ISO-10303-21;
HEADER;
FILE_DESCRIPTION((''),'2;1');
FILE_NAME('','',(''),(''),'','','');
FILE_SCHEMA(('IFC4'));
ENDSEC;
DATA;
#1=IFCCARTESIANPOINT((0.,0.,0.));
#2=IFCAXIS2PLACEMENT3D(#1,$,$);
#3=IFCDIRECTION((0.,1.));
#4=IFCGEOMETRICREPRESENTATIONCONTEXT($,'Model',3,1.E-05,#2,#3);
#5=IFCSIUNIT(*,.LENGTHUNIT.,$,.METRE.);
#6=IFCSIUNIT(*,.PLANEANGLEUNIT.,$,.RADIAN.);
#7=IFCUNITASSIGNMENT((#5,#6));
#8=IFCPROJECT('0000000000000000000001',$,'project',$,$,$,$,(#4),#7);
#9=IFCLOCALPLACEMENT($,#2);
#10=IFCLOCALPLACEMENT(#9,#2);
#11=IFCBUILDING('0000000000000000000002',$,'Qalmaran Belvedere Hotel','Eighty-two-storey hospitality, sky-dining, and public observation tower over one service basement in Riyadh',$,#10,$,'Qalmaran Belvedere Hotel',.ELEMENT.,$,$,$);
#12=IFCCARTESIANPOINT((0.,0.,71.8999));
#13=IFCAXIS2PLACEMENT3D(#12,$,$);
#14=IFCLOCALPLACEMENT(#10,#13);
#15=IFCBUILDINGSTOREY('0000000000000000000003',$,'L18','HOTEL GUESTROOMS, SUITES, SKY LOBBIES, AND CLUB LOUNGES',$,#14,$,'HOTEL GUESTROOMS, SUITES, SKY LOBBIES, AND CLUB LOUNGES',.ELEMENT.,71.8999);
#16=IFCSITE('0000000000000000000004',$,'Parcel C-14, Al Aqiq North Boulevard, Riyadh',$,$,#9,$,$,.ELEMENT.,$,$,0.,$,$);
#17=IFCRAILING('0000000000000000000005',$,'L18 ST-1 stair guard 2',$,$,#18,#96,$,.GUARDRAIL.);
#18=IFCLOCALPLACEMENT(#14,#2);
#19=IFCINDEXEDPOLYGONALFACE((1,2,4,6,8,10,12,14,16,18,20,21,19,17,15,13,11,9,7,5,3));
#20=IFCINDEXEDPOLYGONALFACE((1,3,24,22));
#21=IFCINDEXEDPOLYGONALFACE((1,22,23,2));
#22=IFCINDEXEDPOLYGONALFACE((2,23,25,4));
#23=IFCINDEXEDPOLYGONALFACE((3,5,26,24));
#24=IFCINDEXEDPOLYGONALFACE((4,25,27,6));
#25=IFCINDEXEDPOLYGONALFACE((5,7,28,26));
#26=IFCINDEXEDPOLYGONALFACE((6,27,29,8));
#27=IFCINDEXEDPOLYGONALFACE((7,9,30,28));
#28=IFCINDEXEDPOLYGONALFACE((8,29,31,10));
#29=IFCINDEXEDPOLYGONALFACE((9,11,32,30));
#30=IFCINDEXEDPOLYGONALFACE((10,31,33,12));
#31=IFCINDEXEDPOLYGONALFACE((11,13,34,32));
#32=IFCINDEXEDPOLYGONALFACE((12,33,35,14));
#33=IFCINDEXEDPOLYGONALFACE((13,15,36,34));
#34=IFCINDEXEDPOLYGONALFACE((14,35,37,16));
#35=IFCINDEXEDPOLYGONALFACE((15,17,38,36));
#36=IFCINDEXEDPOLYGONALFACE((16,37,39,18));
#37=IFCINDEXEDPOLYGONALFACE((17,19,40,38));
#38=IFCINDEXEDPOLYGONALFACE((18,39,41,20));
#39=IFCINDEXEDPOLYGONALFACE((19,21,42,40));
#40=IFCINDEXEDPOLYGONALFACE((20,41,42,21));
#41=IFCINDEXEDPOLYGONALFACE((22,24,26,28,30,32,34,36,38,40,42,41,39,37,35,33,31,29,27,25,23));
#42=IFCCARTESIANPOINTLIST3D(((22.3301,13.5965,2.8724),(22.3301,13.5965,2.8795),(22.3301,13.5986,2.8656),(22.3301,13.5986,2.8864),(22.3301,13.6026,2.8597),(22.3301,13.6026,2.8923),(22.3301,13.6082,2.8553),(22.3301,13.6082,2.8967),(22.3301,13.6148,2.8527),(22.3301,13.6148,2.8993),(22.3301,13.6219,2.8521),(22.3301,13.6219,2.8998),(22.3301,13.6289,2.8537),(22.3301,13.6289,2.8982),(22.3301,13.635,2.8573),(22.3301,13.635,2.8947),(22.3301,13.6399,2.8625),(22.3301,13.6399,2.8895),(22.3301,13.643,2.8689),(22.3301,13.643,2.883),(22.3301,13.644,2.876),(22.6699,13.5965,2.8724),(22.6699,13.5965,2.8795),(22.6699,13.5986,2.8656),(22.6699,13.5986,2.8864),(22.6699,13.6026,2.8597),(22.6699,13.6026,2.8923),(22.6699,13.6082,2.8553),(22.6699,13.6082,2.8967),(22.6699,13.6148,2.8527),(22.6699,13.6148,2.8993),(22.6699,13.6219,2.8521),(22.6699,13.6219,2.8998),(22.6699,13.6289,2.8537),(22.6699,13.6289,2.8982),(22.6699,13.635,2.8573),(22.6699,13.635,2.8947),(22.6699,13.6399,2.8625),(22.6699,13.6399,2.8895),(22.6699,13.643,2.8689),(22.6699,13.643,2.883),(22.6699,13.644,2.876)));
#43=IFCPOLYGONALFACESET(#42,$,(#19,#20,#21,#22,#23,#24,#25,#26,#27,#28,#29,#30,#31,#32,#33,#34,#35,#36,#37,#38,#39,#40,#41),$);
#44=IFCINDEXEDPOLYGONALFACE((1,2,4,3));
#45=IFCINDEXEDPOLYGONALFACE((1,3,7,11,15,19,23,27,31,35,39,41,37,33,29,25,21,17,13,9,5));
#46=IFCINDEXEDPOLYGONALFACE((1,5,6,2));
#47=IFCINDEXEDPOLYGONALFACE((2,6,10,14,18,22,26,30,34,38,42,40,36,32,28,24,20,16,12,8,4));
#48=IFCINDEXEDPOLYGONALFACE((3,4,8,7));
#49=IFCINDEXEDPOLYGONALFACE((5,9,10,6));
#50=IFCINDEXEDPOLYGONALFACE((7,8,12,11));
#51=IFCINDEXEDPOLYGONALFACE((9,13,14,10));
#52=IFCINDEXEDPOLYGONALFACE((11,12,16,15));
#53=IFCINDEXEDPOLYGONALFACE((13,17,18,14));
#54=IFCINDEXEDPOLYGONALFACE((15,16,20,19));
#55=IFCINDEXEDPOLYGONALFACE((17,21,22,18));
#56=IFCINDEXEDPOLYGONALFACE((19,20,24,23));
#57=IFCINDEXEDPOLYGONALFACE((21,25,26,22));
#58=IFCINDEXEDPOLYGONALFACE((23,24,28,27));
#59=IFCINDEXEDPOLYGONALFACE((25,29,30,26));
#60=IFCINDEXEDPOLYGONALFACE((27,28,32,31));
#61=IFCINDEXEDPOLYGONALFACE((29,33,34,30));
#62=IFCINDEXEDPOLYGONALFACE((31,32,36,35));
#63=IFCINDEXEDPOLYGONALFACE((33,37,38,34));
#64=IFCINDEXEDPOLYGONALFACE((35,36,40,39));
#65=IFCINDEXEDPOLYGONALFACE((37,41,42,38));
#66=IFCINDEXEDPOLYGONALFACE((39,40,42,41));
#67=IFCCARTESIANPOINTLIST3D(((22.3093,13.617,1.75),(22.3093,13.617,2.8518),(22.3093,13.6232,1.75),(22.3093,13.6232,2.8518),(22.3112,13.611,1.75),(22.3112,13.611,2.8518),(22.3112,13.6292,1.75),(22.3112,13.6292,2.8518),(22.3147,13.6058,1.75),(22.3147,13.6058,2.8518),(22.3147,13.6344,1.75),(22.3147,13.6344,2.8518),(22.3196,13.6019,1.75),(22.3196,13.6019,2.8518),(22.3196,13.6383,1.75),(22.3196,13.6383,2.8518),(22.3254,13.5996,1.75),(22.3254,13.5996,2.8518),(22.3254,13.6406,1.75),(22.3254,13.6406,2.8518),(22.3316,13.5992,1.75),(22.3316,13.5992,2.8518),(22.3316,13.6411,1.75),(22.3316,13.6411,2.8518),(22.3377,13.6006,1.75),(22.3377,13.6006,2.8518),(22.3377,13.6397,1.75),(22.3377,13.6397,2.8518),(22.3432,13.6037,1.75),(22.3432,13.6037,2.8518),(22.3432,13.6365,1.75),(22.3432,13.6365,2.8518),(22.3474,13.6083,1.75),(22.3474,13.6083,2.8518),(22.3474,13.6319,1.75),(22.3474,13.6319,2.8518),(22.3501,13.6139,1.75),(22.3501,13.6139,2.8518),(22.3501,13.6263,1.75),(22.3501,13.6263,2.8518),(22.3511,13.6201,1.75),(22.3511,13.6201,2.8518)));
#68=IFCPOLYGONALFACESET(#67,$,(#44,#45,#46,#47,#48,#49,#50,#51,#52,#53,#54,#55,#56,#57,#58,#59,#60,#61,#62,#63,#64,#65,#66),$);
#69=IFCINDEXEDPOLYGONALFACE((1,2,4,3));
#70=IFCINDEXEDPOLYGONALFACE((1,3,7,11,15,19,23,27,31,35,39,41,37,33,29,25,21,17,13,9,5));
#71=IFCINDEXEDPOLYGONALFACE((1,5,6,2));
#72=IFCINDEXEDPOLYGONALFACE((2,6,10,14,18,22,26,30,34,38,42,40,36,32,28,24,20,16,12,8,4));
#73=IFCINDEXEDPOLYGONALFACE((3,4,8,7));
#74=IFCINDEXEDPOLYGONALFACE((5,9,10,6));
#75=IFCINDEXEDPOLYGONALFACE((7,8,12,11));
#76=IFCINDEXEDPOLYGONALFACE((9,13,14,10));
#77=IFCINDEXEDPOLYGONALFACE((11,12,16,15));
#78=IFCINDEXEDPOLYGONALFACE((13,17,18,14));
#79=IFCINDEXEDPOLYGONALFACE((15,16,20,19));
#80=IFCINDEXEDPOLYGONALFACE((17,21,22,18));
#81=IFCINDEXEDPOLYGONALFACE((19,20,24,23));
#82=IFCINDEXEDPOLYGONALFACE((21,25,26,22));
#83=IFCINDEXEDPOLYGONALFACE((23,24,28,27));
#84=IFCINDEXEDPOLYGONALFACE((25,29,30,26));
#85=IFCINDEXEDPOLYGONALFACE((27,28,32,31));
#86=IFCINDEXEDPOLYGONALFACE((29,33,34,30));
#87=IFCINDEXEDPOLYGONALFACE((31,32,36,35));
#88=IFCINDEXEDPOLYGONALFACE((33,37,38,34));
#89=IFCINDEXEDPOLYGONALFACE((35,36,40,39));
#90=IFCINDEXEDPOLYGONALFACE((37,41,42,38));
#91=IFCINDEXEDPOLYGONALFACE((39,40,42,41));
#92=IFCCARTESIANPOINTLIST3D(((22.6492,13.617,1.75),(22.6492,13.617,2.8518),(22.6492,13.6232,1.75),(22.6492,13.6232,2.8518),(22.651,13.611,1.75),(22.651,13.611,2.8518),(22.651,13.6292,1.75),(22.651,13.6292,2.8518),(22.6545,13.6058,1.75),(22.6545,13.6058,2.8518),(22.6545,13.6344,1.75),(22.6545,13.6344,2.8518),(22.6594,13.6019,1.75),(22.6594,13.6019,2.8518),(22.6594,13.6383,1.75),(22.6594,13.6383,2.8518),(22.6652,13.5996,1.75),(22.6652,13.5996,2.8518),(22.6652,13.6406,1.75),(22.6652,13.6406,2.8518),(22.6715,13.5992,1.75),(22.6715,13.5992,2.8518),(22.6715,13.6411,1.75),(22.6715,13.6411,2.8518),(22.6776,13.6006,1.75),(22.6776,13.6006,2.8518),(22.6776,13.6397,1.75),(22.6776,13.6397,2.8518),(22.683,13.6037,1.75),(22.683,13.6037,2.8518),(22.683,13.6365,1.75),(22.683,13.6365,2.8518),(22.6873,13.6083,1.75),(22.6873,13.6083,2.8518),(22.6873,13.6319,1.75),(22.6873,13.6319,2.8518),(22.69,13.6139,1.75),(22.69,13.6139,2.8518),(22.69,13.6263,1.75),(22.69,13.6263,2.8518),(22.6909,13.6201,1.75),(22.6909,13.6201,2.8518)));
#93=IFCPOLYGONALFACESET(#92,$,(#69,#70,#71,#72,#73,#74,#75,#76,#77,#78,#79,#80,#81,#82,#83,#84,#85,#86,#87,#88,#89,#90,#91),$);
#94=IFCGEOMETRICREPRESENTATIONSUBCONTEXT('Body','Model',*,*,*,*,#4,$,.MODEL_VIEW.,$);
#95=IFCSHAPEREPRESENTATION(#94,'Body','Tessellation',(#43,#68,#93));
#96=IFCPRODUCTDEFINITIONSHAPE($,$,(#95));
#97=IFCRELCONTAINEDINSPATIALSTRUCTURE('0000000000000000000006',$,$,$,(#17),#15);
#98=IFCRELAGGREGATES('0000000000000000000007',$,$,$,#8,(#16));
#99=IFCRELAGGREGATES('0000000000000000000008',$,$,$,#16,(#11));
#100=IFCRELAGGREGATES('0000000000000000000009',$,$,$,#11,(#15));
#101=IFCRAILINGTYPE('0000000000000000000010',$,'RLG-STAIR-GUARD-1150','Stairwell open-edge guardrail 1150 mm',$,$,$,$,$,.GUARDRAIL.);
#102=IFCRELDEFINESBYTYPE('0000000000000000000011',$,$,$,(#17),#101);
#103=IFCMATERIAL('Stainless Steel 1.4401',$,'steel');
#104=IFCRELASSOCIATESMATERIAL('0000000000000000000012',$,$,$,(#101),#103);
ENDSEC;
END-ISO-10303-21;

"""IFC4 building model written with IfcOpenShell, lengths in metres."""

from ifc_helpers import new_model, si_unit, direction, frame, origin, origin_2d, place, context, subcontext, project, spatial, circle, extrude, material, type_object, element, save


model = new_model("IFC4")

# Units and contexts
model_context = context("Model", 3, precision=1e-05, world=origin(), true_north=direction((0.0, 1.0)))
body_context = subcontext(model_context, "Body", "Model", "MODEL_VIEW")
ifc_project = project(units=[si_unit("LENGTHUNIT", "METRE"), si_unit("PLANEANGLEUNIT", "RADIAN")], contexts=[model_context])

# Site, building, storey
site_placement = place(None, origin())
site = spatial("IfcSite", under=ifc_project, at=site_placement, Name="Parcel C-14, Al Aqiq North Boulevard, Riyadh", CompositionType="ELEMENT", RefElevation=0.0)
building_placement = place(site_placement, origin())
building = spatial("IfcBuilding", under=site, at=building_placement, Name="Qalmaran Belvedere Hotel", Description="Eighty-two-storey hospitality, sky-dining, and public observation tower over one service basement in Riyadh", LongName="Qalmaran Belvedere Hotel", CompositionType="ELEMENT")
storey_placement = place(building_placement, frame((0.0, 0.0, 71.8999)))
storey = spatial("IfcBuildingStorey", under=building, at=storey_placement, Name="L18", Description="HOTEL GUESTROOMS, SUITES, SKY LOBBIES, AND CLUB LOUNGES", LongName="HOTEL GUESTROOMS, SUITES, SKY LOBBIES, AND CLUB LOUNGES", CompositionType="ELEMENT", Elevation=71.8999)

# Railing
ifc_material_1 = material(Name="Stainless Steel 1.4401", Category="steel")
railing_type_1 = type_object("IfcRailingType", Name="RLG-STAIR-GUARD-1150", Description="Stairwell open-edge guardrail 1150 mm", PredefinedType="GUARDRAIL", material=ifc_material_1)
railing_1_placement = place(storey_placement, frame((22.3301, 13.6201, 1.75)))
element("IfcRailing", 1, at=railing_1_placement, inside=storey, type_object=railing_type_1, Name="L18 ST-1 stair guard 2", PredefinedType="GUARDRAIL", context=body_context, shape_type="SweptSolid", body=[
    extrude(circle(Radius=0.0239, at=origin_2d()), frame((0.0, 0.0, 1.126), z_axis=(1.0, 0.0, 0.0), x_axis=(0.0, 1.0, 0.0)), (0.0, 0.0, 1.0), 0.3398),
    extrude(circle(Radius=0.021, at=origin_2d()), origin(), (0.0, 0.0, 1.0), 1.1018),
    extrude(circle(Radius=0.021, at=origin_2d()), frame((0.3398, 0.0, 0.0)), (0.0, 0.0, 1.0), 1.1018),
])

save(model, "model.ifc")
